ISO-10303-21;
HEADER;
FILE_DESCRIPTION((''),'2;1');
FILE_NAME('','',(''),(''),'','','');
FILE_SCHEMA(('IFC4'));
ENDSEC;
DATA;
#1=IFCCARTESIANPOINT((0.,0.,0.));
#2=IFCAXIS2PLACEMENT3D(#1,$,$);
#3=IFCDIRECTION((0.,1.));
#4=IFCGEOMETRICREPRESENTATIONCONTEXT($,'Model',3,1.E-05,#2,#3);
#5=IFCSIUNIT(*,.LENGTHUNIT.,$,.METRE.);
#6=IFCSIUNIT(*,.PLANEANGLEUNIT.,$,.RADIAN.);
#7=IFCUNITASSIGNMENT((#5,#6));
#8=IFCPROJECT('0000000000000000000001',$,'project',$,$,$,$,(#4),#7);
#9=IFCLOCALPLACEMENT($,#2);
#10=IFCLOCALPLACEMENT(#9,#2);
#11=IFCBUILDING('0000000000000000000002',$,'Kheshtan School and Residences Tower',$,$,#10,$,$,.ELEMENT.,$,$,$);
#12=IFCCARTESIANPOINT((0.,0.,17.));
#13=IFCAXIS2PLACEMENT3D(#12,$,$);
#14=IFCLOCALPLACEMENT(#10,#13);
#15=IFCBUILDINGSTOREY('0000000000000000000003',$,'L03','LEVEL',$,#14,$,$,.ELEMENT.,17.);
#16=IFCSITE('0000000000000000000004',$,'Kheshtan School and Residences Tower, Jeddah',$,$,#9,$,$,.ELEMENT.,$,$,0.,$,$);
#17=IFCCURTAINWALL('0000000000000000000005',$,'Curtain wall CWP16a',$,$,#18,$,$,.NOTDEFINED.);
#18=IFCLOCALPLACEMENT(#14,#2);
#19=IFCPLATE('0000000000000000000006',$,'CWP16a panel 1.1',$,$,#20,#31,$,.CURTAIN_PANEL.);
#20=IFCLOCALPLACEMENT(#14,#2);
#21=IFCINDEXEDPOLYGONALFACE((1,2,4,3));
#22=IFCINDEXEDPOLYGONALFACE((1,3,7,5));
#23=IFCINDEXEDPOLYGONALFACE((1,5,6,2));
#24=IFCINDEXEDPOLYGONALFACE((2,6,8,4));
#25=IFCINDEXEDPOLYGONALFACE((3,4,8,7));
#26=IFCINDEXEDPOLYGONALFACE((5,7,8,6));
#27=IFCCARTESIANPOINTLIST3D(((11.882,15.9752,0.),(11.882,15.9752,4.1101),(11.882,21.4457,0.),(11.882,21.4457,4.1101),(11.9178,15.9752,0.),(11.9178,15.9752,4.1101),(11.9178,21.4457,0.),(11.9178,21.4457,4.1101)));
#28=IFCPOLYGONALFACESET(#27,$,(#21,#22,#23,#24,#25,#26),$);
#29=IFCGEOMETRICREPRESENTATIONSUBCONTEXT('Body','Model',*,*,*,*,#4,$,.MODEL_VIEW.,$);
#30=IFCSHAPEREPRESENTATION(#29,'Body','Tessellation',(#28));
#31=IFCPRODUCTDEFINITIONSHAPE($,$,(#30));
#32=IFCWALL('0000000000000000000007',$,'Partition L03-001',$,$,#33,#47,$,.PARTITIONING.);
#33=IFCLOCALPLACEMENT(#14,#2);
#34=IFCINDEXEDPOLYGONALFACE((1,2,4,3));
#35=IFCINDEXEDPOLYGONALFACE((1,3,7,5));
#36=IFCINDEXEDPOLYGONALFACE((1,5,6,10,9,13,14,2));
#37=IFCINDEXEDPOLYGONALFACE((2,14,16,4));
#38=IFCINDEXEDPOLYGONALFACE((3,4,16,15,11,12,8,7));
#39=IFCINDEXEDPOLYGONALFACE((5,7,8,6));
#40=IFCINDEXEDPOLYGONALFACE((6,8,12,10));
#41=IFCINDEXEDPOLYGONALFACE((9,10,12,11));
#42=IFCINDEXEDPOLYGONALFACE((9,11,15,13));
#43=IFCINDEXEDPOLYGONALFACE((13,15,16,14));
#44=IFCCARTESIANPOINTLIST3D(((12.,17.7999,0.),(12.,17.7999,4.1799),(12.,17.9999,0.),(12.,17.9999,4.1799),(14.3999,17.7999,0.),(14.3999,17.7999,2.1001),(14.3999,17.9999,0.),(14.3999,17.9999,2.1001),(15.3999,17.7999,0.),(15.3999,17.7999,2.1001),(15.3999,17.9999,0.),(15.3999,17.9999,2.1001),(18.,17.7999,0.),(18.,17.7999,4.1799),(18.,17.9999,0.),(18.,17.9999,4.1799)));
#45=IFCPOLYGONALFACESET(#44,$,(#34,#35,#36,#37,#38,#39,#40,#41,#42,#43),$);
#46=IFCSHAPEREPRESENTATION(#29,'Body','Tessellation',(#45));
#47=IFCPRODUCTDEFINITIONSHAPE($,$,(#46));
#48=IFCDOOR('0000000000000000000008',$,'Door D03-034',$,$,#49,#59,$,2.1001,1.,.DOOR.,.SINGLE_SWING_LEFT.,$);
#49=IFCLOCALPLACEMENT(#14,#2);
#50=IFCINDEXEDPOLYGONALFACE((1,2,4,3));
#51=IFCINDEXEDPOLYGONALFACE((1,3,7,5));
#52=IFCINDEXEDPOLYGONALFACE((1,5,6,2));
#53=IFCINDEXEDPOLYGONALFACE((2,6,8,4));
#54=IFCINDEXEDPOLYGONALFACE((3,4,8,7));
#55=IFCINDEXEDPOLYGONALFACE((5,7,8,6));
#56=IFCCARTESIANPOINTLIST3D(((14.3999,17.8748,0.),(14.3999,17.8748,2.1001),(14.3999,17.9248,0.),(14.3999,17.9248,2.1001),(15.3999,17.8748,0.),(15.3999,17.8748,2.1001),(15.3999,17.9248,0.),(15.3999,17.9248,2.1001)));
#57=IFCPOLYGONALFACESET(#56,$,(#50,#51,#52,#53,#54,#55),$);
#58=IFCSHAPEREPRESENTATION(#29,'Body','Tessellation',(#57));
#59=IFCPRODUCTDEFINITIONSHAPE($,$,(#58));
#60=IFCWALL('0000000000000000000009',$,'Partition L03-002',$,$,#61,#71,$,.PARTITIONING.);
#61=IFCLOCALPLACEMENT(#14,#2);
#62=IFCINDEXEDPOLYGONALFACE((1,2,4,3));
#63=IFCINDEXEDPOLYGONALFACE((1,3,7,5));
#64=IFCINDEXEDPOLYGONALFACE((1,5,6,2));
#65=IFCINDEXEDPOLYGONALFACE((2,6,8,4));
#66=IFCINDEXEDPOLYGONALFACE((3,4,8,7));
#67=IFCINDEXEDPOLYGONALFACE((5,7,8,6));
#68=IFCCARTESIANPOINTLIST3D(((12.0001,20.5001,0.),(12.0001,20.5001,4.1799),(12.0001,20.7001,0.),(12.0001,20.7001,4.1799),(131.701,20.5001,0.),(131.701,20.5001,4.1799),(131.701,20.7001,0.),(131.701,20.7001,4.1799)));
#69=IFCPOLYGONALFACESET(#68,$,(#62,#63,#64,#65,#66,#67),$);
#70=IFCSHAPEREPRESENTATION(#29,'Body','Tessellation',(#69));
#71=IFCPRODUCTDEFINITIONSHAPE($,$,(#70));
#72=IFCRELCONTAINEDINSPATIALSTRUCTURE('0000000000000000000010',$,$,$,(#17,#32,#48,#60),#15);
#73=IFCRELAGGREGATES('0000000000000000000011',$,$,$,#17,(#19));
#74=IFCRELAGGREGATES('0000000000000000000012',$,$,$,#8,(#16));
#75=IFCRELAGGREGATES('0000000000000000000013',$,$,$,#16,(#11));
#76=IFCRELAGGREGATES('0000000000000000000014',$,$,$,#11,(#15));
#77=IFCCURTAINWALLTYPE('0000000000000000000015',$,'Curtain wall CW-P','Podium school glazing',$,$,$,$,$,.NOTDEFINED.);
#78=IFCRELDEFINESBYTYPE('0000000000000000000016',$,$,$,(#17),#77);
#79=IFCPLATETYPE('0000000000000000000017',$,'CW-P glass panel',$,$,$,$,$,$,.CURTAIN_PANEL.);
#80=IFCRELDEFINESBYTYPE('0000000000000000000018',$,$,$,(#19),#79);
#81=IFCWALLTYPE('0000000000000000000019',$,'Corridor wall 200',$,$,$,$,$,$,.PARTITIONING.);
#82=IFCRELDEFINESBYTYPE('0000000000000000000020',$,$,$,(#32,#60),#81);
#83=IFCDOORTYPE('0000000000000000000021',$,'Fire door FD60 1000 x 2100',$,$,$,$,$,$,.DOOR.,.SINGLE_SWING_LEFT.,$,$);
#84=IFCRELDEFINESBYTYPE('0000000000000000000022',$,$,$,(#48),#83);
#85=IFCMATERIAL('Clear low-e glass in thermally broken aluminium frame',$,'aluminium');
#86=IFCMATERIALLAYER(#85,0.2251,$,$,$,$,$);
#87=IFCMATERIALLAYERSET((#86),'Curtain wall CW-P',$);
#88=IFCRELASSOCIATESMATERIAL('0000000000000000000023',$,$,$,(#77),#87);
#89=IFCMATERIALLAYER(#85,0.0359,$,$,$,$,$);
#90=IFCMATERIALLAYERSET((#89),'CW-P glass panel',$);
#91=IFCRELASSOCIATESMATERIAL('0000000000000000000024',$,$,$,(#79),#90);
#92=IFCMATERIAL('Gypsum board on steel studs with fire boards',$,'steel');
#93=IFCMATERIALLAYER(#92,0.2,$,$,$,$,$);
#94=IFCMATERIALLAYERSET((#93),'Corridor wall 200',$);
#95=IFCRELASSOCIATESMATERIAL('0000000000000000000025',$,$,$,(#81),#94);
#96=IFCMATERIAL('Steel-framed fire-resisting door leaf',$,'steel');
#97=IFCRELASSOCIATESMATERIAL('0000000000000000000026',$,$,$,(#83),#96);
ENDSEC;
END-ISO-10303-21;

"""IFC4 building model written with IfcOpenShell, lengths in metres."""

from ifc_helpers import new_model, si_unit, direction, frame, frame_2d, origin, origin_2d, place, context, subcontext, project, spatial, rectangle, extrude, source, transform, mapped, material, layer, layer_set, type_object, element, fill, aggregate, save


model = new_model("IFC4")

# Units and contexts
model_context = context("Model", 3, precision=1e-05, world=origin(), true_north=direction((0.0, 1.0)))
body_context = subcontext(model_context, "Body", "Model", "MODEL_VIEW")
ifc_project = project(units=[si_unit("LENGTHUNIT", "METRE"), si_unit("PLANEANGLEUNIT", "RADIAN")], contexts=[model_context])

# Site, building, storey
site_placement = place(None, origin())
site = spatial("IfcSite", under=ifc_project, at=site_placement, Name="Kheshtan School and Residences Tower, Jeddah", CompositionType="ELEMENT", RefElevation=0.0)
building_placement = place(site_placement, origin())
building = spatial("IfcBuilding", under=site, at=building_placement, Name="Kheshtan School and Residences Tower", CompositionType="ELEMENT")
storey_placement = place(building_placement, frame((0.0, 0.0, 17.0)))
storey = spatial("IfcBuildingStorey", under=building, at=storey_placement, Name="L03", Description="LEVEL", CompositionType="ELEMENT", Elevation=17.0)

# Curtain wall, plate
ifc_material_1 = material(Name="Clear low-e glass in thermally broken aluminium frame", Category="aluminium")
ifc_layer_1 = layer(ifc_material_1, 0.2251)
ifc_layer_set_1 = layer_set([ifc_layer_1], Name="Curtain wall CW-P")
curtain_wall_type = type_object("IfcCurtainWallType", Name="Curtain wall CW-P", Description="Podium school glazing", PredefinedType="NOTDEFINED", material=ifc_layer_set_1)
curtain_wall_placement = place(storey_placement, origin())
curtain_wall = element("IfcCurtainWall", 1, at=curtain_wall_placement, inside=storey, type_object=curtain_wall_type, Name="Curtain wall CWP16a", PredefinedType="NOTDEFINED")
ifc_layer_2 = layer(ifc_material_1, 0.0359)
ifc_layer_set_2 = layer_set([ifc_layer_2], Name="CW-P glass panel")
plate_type = type_object("IfcPlateType", Name="CW-P glass panel", PredefinedType="CURTAIN_PANEL", material=ifc_layer_set_2)
plate_placement = place(storey_placement, frame((11.8999, 18.7104, 0.0), z_axis=(0.0, 0.0, 1.0), x_axis=(0.0, 1.0, 0.0)))
plate = element("IfcPlate", 2, at=plate_placement, type_object=plate_type, Name="CWP16a panel 1.1", PredefinedType="CURTAIN_PANEL", context=body_context, shape_type="SweptSolid", body=[
    extrude(rectangle(XDim=5.4705, YDim=0.0359, at=origin_2d()), origin(), (0.0, 0.0, 1.0), 4.1101),
])
aggregate(curtain_wall, [plate])

# Wall, opening, door
ifc_material_2 = material(Name="Gypsum board on steel studs with fire boards", Category="steel")
ifc_layer_3 = layer(ifc_material_2, 0.2)
ifc_layer_set_3 = layer_set([ifc_layer_3], Name="Corridor wall 200")
wall_type_1 = type_object("IfcWallType", Name="Corridor wall 200", PredefinedType="PARTITIONING", material=ifc_layer_set_3)
wall_1_placement = place(storey_placement, frame((12.0, 17.8999, 0.0), z_axis=(0.0, 0.0, 1.0), x_axis=(1.0, 0.0, 0.0)))
wall_1 = element("IfcWall", 3, at=wall_1_placement, inside=storey, type_object=wall_type_1, Name="Partition L03-001", PredefinedType="PARTITIONING", context=body_context, shape_type="SweptSolid", body=[
    extrude(rectangle(XDim=6.0, YDim=0.2, at=frame_2d((3.0, 0.0))), origin(), (0.0, 0.0, 1.0), 4.1799),
])
opening_1_placement = place(wall_1_placement, frame((2.3999, 0.0, 0.0)))
opening_1 = element("IfcOpeningElement", 4, at=opening_1_placement, cuts=wall_1, PredefinedType="OPENING", context=body_context, shape_type="SweptSolid", body=[
    extrude(rectangle(XDim=1.0, YDim=2.1001, at=frame_2d((0.5, 1.05))), frame((0.0, 0.1099, 0.0), z_axis=(0.0, -1.0, 0.0), x_axis=(1.0, 0.0, 0.0)), (0.0, 0.0, 1.0), 0.22),
])
ifc_material_3 = material(Name="Steel-framed fire-resisting door leaf", Category="steel")
door_type_1 = type_object("IfcDoorType", Name="Fire door FD60 1000 x 2100", OperationType="SINGLE_SWING_LEFT", PredefinedType="DOOR", material=ifc_material_3)
shared_shape_1 = source(origin(), body_context, "Body", "SweptSolid", [
    extrude(rectangle(XDim=1.0, YDim=2.1001, at=frame_2d((0.5, 1.05))), frame((0.0, 0.0249, 0.0), z_axis=(0.0, -1.0, 0.0), x_axis=(1.0, 0.0, 0.0)), (0.0, 0.0, 1.0), 0.05),
])
door_1_placement = place(opening_1_placement, origin())
door_1 = element("IfcDoor", 5, at=door_1_placement, inside=storey, type_object=door_type_1, Name="Door D03-034", OperationType="SINGLE_SWING_LEFT", OverallHeight=2.1001, OverallWidth=1.0, PredefinedType="DOOR", context=body_context, shape_type="MappedRepresentation", body=[
    mapped(shared_shape_1, transform((0.0, 0.0, 0.0), x_axis=(1.0, 0.0, 0.0), y_axis=(0.0, 1.0, 0.0), z_axis=(0.0, 0.0, 1.0), scale=1.0)),
])
fill(opening_1, door_1)

# Wall
wall_2_placement = place(storey_placement, frame((12.0, 20.6001, 0.0), z_axis=(0.0, 0.0, 1.0), x_axis=(1.0, 0.0, 0.0)))
element("IfcWall", 6, at=wall_2_placement, inside=storey, type_object=wall_type_1, Name="Partition L03-002", PredefinedType="PARTITIONING", context=body_context, shape_type="SweptSolid", body=[
    extrude(rectangle(XDim=119.7009, YDim=0.2, at=frame_2d((59.8506, 0.0))), origin(), (0.0, 0.0, 1.0), 4.1799),
])

save(model, "model.ifc")
